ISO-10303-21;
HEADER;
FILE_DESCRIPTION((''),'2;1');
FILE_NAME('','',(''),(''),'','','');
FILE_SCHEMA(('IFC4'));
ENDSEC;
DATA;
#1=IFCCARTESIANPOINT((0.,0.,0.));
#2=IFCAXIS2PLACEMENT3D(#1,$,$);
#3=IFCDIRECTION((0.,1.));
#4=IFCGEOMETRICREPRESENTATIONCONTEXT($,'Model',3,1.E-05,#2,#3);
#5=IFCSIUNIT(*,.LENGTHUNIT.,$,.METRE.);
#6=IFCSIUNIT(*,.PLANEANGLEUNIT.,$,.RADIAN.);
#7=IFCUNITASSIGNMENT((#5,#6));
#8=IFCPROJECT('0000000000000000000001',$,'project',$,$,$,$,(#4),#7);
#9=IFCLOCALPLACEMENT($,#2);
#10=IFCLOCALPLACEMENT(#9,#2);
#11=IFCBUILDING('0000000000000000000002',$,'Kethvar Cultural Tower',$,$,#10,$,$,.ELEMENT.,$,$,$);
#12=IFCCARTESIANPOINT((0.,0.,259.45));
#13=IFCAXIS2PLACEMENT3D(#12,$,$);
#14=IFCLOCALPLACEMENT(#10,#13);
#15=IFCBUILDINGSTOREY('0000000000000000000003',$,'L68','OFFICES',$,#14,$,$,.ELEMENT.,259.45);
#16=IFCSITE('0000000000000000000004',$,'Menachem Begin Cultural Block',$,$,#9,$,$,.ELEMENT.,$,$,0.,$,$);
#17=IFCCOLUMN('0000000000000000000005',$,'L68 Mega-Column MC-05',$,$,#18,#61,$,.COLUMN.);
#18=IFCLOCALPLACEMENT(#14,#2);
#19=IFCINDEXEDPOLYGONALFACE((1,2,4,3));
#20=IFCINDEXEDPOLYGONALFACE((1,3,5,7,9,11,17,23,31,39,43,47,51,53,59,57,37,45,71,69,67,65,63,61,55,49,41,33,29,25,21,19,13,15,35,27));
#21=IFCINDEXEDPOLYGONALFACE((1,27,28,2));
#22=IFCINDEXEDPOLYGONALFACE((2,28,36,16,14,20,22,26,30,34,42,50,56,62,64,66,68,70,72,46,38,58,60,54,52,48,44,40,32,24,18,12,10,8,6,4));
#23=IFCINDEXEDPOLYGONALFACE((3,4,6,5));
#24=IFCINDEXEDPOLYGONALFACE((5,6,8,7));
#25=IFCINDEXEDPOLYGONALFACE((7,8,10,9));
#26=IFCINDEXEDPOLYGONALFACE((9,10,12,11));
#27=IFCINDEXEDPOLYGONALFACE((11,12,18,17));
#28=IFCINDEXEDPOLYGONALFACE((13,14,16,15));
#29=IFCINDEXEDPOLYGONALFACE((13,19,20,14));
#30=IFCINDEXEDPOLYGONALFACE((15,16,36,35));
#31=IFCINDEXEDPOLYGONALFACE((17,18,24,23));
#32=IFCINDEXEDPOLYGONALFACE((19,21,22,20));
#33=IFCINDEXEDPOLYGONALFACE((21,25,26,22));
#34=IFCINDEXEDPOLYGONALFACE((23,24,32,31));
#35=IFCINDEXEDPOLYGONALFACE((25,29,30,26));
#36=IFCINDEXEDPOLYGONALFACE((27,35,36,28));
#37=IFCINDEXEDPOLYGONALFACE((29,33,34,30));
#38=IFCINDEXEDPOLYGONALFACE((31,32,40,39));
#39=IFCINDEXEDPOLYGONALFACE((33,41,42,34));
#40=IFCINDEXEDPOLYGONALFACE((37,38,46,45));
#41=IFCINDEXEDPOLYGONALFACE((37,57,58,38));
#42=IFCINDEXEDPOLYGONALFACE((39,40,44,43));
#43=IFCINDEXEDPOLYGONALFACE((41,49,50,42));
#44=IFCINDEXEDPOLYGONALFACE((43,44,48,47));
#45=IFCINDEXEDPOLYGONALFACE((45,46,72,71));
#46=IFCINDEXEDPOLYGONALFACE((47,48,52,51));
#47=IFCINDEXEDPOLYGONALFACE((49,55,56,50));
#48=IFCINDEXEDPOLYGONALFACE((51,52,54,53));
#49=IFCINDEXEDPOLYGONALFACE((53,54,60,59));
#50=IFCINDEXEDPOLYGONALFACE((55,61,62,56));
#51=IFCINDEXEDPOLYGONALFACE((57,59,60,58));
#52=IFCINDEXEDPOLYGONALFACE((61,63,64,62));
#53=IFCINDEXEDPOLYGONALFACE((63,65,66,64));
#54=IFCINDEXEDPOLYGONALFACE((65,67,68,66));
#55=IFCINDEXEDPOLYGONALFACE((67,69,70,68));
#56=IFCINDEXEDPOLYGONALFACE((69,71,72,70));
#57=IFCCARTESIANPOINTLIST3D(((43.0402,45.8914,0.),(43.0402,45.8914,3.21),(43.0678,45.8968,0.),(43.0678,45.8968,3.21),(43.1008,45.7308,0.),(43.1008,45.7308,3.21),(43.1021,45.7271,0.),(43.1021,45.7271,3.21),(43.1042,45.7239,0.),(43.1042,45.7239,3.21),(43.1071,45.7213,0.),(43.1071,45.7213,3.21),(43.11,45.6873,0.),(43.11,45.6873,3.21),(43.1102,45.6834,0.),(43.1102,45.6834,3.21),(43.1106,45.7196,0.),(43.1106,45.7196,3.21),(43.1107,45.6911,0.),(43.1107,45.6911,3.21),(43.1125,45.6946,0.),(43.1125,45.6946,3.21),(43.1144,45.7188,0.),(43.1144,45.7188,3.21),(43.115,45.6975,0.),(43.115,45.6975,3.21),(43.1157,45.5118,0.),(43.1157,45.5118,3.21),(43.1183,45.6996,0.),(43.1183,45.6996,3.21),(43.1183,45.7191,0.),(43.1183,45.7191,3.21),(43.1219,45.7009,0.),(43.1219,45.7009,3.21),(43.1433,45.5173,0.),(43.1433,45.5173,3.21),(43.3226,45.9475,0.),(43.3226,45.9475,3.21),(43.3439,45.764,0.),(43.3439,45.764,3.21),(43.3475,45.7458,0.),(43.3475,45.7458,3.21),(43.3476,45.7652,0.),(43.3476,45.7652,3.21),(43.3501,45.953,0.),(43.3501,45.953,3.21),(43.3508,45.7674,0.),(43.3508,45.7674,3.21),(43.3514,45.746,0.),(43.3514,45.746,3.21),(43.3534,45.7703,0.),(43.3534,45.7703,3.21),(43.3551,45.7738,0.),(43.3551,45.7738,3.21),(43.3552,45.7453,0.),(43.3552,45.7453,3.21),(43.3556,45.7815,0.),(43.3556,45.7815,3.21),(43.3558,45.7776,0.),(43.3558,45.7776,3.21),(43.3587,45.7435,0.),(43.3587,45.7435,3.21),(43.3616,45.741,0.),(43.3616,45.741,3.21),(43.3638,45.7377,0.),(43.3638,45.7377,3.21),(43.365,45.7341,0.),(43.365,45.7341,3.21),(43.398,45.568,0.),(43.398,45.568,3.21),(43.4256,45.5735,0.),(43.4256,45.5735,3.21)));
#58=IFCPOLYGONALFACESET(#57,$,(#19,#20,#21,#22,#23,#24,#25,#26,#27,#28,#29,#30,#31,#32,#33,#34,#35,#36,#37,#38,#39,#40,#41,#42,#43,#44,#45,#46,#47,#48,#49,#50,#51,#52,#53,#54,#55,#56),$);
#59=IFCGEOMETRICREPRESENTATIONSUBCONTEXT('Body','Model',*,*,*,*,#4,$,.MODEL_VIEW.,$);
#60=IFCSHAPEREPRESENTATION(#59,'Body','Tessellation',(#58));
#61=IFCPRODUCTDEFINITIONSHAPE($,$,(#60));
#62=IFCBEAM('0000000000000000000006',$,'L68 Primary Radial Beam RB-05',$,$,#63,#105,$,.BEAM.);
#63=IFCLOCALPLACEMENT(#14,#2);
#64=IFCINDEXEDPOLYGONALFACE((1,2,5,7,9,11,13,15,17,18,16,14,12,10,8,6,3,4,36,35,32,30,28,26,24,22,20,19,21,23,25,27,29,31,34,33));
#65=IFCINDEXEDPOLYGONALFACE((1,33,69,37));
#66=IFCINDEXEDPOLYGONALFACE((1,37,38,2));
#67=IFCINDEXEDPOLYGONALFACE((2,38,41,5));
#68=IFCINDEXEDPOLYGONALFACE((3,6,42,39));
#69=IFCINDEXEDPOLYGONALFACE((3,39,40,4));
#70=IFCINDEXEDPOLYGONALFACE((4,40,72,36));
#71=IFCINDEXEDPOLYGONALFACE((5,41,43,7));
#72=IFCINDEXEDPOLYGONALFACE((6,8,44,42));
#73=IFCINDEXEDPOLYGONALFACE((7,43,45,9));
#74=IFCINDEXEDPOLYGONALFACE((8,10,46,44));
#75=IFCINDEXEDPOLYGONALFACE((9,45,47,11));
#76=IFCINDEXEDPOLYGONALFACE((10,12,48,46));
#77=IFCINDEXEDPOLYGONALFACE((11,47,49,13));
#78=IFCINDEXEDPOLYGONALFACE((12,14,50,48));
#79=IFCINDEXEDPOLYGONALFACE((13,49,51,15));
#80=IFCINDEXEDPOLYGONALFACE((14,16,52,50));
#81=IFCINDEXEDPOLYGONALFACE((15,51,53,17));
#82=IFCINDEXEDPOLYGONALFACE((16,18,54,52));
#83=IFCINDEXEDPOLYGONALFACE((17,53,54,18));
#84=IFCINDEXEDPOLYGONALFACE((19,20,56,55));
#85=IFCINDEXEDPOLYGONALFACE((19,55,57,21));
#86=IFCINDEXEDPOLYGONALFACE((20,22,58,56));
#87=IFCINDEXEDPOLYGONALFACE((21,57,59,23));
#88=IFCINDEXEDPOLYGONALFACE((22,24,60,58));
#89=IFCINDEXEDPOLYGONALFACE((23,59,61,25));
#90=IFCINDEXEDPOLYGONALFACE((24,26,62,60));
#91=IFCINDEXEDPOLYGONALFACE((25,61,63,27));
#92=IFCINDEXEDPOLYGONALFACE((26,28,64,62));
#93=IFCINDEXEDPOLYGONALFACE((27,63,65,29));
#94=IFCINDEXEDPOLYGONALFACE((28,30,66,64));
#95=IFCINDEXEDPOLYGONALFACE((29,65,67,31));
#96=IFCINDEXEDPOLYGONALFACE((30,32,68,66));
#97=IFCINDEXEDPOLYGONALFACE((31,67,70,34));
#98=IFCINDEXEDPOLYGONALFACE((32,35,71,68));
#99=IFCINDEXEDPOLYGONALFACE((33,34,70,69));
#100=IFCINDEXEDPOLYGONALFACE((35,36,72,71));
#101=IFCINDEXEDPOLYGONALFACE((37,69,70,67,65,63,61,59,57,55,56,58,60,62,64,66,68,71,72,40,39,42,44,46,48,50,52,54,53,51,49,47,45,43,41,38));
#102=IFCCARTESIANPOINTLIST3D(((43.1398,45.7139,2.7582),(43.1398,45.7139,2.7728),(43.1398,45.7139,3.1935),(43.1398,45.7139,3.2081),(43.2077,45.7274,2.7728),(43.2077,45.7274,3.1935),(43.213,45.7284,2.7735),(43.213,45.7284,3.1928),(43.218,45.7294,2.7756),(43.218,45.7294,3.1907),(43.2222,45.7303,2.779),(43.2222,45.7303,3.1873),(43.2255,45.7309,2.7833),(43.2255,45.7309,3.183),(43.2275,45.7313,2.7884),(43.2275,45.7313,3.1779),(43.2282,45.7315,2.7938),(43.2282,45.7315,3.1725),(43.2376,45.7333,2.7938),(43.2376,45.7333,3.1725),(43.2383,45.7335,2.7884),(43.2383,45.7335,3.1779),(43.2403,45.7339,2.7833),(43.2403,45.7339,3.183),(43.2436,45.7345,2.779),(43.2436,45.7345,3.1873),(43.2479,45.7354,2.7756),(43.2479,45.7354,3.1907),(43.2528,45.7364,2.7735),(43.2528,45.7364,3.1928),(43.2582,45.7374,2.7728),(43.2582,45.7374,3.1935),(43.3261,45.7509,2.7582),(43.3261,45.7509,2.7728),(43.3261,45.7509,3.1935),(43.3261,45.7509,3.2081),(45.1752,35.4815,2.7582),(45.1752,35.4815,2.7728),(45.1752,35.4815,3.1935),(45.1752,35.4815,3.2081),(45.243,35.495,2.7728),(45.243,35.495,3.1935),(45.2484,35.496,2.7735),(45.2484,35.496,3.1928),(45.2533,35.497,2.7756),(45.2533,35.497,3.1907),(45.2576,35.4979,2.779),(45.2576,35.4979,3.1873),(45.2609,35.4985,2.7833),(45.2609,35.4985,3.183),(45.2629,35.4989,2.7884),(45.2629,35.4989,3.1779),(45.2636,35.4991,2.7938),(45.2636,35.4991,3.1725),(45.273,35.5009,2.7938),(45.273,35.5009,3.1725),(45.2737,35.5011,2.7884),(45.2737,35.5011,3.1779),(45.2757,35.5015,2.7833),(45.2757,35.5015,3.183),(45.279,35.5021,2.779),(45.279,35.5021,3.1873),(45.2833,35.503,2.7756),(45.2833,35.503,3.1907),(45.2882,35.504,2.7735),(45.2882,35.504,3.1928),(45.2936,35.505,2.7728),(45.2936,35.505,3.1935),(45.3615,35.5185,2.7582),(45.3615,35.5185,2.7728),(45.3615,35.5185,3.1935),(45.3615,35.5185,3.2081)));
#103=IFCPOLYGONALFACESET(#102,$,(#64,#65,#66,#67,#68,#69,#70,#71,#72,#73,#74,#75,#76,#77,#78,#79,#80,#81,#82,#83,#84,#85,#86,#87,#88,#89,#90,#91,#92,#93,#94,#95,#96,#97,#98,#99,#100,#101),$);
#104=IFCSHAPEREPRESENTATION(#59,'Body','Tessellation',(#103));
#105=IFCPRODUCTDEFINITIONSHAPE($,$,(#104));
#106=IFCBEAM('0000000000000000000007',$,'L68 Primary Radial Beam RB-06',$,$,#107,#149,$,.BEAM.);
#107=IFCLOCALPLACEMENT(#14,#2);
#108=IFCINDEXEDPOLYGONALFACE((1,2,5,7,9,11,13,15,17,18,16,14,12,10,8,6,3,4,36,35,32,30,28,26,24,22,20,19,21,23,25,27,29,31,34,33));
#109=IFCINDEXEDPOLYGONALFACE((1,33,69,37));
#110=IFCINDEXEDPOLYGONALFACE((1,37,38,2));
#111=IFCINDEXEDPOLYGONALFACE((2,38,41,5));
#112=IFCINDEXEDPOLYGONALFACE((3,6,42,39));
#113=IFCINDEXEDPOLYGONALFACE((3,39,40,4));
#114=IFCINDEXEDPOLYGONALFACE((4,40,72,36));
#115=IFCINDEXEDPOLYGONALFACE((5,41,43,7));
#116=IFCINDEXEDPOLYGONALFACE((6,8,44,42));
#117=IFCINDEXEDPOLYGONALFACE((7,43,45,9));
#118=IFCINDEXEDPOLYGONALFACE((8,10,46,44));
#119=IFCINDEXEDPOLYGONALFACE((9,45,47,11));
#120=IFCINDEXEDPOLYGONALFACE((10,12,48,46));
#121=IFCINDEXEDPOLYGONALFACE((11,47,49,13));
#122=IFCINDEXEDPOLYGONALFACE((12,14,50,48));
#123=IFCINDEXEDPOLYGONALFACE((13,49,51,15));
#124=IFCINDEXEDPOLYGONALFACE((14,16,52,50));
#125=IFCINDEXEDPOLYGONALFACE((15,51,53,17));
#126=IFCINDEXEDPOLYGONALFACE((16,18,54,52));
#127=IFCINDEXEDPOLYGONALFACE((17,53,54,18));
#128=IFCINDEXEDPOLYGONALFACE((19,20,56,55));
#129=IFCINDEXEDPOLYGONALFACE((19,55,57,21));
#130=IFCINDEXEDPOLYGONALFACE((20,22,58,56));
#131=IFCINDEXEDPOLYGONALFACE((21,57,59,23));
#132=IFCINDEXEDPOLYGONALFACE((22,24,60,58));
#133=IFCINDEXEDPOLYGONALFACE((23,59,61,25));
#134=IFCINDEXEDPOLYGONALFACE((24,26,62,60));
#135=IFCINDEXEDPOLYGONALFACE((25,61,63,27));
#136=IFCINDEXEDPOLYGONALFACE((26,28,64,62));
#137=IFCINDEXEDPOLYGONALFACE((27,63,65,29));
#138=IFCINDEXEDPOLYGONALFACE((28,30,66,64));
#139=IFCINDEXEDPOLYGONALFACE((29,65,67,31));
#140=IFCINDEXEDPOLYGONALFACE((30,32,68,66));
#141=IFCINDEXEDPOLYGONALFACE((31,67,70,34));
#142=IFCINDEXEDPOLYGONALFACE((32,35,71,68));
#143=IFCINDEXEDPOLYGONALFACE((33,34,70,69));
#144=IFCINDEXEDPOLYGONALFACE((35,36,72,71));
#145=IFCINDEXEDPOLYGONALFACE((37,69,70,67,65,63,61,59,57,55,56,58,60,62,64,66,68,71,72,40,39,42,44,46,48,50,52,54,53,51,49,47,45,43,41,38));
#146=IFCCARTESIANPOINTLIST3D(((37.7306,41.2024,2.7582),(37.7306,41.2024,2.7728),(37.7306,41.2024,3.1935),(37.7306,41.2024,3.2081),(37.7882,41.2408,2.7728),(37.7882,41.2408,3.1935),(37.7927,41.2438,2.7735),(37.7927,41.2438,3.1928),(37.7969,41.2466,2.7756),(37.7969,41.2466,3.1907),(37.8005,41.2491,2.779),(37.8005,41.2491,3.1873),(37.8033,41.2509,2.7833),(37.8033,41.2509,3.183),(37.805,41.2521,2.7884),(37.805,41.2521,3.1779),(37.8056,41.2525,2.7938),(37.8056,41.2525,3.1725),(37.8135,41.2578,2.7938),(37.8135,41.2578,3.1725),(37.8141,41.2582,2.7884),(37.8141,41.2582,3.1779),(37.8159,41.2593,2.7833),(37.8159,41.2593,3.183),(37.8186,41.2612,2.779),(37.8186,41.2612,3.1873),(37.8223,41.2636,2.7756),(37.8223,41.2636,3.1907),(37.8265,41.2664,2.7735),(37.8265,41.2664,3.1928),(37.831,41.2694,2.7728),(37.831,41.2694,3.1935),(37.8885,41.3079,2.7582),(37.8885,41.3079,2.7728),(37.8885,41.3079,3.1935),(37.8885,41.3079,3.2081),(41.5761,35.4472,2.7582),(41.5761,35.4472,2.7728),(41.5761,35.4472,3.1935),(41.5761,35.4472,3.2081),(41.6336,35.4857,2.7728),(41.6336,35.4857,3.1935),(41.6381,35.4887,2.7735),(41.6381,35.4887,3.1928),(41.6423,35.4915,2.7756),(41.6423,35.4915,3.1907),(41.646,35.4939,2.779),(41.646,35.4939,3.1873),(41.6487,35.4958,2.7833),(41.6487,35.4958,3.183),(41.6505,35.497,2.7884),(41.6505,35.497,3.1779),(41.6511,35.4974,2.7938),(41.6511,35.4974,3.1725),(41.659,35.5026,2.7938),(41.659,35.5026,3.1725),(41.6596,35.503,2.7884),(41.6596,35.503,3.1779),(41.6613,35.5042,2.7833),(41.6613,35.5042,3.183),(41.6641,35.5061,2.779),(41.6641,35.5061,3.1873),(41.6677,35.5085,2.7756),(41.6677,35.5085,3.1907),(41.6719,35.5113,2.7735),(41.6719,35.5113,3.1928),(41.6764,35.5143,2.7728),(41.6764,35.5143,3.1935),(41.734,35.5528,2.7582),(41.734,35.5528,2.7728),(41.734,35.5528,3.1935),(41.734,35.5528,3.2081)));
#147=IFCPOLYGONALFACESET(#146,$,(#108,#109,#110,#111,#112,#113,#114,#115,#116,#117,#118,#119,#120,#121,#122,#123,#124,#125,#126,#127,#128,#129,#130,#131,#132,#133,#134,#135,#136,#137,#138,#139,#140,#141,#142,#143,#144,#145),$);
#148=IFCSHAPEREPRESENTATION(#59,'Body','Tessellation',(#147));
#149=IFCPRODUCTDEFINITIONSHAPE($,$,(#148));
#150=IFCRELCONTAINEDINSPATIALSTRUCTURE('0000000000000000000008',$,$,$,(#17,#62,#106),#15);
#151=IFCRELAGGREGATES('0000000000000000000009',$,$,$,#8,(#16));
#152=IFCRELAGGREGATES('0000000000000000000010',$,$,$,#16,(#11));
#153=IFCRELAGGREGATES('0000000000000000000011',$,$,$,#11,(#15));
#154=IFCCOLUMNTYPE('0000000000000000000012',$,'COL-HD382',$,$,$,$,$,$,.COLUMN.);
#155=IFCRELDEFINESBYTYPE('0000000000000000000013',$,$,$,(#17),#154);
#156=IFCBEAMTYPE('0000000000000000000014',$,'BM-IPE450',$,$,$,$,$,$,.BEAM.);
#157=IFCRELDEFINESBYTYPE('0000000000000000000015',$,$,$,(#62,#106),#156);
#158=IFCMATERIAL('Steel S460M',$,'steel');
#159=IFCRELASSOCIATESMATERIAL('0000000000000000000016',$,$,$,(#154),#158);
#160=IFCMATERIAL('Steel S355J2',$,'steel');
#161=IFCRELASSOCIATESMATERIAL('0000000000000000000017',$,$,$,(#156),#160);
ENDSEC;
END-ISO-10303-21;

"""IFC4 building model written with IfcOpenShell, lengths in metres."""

from ifc_helpers import new_model, si_unit, direction, frame, origin, origin_2d, place, context, subcontext, project, spatial, i_section, extrude, source, transform, mapped, material, material_profile, profile_set, type_object, element, save


model = new_model("IFC4")

# Units and contexts
model_context = context("Model", 3, precision=1e-05, world=origin(), true_north=direction((0.0, 1.0)))
body_context = subcontext(model_context, "Body", "Model", "MODEL_VIEW")
ifc_project = project(units=[si_unit("LENGTHUNIT", "METRE"), si_unit("PLANEANGLEUNIT", "RADIAN")], contexts=[model_context])

# Site, building, storey
site_placement = place(None, origin())
site = spatial("IfcSite", under=ifc_project, at=site_placement, Name="Menachem Begin Cultural Block", CompositionType="ELEMENT", RefElevation=0.0)
building_placement = place(site_placement, origin())
building = spatial("IfcBuilding", under=site, at=building_placement, Name="Kethvar Cultural Tower", CompositionType="ELEMENT")
storey_placement = place(building_placement, frame((0.0, 0.0, 259.45)))
storey = spatial("IfcBuildingStorey", under=building, at=storey_placement, Name="L68", Description="OFFICES", CompositionType="ELEMENT", Elevation=259.45)

# Column
ifc_material_1 = material(Name="Steel S460M", Category="steel")
ifc_material_profile_1 = material_profile(ifc_material_1, i_section(OverallWidth=0.387, OverallDepth=0.3159, WebThickness=0.0186, FlangeThickness=0.0281, FilletRadius=0.0149, at=origin_2d()), Name="Steel S460M — HD400x382")
ifc_profile_set_1 = profile_set([ifc_material_profile_1], Name="Steel S460M — HD400x382")
column_type = type_object("IfcColumnType", Name="COL-HD382", PredefinedType="COLUMN", material=ifc_profile_set_1)
shared_shape_1 = source(origin(), body_context, "Body", "SweptSolid", [
    extrude(i_section(OverallWidth=0.387, OverallDepth=0.3159, WebThickness=0.0186, FlangeThickness=0.0281, FilletRadius=0.0149, at=origin_2d()), origin(), (0.0, 0.0, 1.0), 3.21),
])
column_placement = place(storey_placement, frame((43.2329, 45.7324, 0.0), z_axis=(0.0, 0.0, 1.0), x_axis=(-0.19509, 0.980785, 0.0)))
element("IfcColumn", 1, at=column_placement, inside=storey, type_object=column_type, Name="L68 Mega-Column MC-05", PredefinedType="COLUMN", context=body_context, shape_type="MappedRepresentation", body=[
    mapped(shared_shape_1, transform((0.0, 0.0, 0.0), scale=1.0)),
])

# Beams
ifc_material_2 = material(Name="Steel S355J2", Category="steel")
ifc_material_profile_2 = material_profile(ifc_material_2, i_section(OverallWidth=0.1899, OverallDepth=0.45, WebThickness=0.0095, FlangeThickness=0.0146, FilletRadius=0.021, at=origin_2d()), Name="Steel S355J2 — IPE450")
ifc_profile_set_2 = profile_set([ifc_material_profile_2], Name="Steel S355J2 — IPE450")
beam_type_1 = type_object("IfcBeamType", Name="BM-IPE450", PredefinedType="BEAM", material=ifc_profile_set_2)
shared_shape_2 = source(origin(), body_context, "Body", "SweptSolid", [
    extrude(i_section(OverallWidth=0.1899, OverallDepth=0.45, WebThickness=0.0095, FlangeThickness=0.0146, FilletRadius=0.021, at=origin_2d()), origin(), (0.0, 0.0, 1.0), 10.4329),
])
beam_1_placement = place(storey_placement, frame((45.2683, 35.5, 2.9832), z_axis=(-0.195094, 0.980784, 0.0), x_axis=(-0.980784, -0.195094, 0.0)))
element("IfcBeam", 2, at=beam_1_placement, inside=storey, type_object=beam_type_1, Name="L68 Primary Radial Beam RB-05", PredefinedType="BEAM", context=body_context, shape_type="MappedRepresentation", body=[
    mapped(shared_shape_2, transform((0.0, 0.0, 0.0), scale=1.0)),
])
shared_shape_3 = source(origin(), body_context, "Body", "SweptSolid", [
    extrude(i_section(OverallWidth=0.1899, OverallDepth=0.45, WebThickness=0.0095, FlangeThickness=0.0146, FilletRadius=0.021, at=origin_2d()), origin(), (0.0, 0.0, 1.0), 6.9216),
])
beam_2_placement = place(storey_placement, frame((41.655, 35.5, 2.9832), z_axis=(-0.555571, 0.831469, 0.0), x_axis=(-0.831469, -0.555571, 0.0)))
element("IfcBeam", 3, at=beam_2_placement, inside=storey, type_object=beam_type_1, Name="L68 Primary Radial Beam RB-06", PredefinedType="BEAM", context=body_context, shape_type="MappedRepresentation", body=[
    mapped(shared_shape_3, transform((0.0, 0.0, 0.0), scale=1.0)),
])

save(model, "model.ifc")
